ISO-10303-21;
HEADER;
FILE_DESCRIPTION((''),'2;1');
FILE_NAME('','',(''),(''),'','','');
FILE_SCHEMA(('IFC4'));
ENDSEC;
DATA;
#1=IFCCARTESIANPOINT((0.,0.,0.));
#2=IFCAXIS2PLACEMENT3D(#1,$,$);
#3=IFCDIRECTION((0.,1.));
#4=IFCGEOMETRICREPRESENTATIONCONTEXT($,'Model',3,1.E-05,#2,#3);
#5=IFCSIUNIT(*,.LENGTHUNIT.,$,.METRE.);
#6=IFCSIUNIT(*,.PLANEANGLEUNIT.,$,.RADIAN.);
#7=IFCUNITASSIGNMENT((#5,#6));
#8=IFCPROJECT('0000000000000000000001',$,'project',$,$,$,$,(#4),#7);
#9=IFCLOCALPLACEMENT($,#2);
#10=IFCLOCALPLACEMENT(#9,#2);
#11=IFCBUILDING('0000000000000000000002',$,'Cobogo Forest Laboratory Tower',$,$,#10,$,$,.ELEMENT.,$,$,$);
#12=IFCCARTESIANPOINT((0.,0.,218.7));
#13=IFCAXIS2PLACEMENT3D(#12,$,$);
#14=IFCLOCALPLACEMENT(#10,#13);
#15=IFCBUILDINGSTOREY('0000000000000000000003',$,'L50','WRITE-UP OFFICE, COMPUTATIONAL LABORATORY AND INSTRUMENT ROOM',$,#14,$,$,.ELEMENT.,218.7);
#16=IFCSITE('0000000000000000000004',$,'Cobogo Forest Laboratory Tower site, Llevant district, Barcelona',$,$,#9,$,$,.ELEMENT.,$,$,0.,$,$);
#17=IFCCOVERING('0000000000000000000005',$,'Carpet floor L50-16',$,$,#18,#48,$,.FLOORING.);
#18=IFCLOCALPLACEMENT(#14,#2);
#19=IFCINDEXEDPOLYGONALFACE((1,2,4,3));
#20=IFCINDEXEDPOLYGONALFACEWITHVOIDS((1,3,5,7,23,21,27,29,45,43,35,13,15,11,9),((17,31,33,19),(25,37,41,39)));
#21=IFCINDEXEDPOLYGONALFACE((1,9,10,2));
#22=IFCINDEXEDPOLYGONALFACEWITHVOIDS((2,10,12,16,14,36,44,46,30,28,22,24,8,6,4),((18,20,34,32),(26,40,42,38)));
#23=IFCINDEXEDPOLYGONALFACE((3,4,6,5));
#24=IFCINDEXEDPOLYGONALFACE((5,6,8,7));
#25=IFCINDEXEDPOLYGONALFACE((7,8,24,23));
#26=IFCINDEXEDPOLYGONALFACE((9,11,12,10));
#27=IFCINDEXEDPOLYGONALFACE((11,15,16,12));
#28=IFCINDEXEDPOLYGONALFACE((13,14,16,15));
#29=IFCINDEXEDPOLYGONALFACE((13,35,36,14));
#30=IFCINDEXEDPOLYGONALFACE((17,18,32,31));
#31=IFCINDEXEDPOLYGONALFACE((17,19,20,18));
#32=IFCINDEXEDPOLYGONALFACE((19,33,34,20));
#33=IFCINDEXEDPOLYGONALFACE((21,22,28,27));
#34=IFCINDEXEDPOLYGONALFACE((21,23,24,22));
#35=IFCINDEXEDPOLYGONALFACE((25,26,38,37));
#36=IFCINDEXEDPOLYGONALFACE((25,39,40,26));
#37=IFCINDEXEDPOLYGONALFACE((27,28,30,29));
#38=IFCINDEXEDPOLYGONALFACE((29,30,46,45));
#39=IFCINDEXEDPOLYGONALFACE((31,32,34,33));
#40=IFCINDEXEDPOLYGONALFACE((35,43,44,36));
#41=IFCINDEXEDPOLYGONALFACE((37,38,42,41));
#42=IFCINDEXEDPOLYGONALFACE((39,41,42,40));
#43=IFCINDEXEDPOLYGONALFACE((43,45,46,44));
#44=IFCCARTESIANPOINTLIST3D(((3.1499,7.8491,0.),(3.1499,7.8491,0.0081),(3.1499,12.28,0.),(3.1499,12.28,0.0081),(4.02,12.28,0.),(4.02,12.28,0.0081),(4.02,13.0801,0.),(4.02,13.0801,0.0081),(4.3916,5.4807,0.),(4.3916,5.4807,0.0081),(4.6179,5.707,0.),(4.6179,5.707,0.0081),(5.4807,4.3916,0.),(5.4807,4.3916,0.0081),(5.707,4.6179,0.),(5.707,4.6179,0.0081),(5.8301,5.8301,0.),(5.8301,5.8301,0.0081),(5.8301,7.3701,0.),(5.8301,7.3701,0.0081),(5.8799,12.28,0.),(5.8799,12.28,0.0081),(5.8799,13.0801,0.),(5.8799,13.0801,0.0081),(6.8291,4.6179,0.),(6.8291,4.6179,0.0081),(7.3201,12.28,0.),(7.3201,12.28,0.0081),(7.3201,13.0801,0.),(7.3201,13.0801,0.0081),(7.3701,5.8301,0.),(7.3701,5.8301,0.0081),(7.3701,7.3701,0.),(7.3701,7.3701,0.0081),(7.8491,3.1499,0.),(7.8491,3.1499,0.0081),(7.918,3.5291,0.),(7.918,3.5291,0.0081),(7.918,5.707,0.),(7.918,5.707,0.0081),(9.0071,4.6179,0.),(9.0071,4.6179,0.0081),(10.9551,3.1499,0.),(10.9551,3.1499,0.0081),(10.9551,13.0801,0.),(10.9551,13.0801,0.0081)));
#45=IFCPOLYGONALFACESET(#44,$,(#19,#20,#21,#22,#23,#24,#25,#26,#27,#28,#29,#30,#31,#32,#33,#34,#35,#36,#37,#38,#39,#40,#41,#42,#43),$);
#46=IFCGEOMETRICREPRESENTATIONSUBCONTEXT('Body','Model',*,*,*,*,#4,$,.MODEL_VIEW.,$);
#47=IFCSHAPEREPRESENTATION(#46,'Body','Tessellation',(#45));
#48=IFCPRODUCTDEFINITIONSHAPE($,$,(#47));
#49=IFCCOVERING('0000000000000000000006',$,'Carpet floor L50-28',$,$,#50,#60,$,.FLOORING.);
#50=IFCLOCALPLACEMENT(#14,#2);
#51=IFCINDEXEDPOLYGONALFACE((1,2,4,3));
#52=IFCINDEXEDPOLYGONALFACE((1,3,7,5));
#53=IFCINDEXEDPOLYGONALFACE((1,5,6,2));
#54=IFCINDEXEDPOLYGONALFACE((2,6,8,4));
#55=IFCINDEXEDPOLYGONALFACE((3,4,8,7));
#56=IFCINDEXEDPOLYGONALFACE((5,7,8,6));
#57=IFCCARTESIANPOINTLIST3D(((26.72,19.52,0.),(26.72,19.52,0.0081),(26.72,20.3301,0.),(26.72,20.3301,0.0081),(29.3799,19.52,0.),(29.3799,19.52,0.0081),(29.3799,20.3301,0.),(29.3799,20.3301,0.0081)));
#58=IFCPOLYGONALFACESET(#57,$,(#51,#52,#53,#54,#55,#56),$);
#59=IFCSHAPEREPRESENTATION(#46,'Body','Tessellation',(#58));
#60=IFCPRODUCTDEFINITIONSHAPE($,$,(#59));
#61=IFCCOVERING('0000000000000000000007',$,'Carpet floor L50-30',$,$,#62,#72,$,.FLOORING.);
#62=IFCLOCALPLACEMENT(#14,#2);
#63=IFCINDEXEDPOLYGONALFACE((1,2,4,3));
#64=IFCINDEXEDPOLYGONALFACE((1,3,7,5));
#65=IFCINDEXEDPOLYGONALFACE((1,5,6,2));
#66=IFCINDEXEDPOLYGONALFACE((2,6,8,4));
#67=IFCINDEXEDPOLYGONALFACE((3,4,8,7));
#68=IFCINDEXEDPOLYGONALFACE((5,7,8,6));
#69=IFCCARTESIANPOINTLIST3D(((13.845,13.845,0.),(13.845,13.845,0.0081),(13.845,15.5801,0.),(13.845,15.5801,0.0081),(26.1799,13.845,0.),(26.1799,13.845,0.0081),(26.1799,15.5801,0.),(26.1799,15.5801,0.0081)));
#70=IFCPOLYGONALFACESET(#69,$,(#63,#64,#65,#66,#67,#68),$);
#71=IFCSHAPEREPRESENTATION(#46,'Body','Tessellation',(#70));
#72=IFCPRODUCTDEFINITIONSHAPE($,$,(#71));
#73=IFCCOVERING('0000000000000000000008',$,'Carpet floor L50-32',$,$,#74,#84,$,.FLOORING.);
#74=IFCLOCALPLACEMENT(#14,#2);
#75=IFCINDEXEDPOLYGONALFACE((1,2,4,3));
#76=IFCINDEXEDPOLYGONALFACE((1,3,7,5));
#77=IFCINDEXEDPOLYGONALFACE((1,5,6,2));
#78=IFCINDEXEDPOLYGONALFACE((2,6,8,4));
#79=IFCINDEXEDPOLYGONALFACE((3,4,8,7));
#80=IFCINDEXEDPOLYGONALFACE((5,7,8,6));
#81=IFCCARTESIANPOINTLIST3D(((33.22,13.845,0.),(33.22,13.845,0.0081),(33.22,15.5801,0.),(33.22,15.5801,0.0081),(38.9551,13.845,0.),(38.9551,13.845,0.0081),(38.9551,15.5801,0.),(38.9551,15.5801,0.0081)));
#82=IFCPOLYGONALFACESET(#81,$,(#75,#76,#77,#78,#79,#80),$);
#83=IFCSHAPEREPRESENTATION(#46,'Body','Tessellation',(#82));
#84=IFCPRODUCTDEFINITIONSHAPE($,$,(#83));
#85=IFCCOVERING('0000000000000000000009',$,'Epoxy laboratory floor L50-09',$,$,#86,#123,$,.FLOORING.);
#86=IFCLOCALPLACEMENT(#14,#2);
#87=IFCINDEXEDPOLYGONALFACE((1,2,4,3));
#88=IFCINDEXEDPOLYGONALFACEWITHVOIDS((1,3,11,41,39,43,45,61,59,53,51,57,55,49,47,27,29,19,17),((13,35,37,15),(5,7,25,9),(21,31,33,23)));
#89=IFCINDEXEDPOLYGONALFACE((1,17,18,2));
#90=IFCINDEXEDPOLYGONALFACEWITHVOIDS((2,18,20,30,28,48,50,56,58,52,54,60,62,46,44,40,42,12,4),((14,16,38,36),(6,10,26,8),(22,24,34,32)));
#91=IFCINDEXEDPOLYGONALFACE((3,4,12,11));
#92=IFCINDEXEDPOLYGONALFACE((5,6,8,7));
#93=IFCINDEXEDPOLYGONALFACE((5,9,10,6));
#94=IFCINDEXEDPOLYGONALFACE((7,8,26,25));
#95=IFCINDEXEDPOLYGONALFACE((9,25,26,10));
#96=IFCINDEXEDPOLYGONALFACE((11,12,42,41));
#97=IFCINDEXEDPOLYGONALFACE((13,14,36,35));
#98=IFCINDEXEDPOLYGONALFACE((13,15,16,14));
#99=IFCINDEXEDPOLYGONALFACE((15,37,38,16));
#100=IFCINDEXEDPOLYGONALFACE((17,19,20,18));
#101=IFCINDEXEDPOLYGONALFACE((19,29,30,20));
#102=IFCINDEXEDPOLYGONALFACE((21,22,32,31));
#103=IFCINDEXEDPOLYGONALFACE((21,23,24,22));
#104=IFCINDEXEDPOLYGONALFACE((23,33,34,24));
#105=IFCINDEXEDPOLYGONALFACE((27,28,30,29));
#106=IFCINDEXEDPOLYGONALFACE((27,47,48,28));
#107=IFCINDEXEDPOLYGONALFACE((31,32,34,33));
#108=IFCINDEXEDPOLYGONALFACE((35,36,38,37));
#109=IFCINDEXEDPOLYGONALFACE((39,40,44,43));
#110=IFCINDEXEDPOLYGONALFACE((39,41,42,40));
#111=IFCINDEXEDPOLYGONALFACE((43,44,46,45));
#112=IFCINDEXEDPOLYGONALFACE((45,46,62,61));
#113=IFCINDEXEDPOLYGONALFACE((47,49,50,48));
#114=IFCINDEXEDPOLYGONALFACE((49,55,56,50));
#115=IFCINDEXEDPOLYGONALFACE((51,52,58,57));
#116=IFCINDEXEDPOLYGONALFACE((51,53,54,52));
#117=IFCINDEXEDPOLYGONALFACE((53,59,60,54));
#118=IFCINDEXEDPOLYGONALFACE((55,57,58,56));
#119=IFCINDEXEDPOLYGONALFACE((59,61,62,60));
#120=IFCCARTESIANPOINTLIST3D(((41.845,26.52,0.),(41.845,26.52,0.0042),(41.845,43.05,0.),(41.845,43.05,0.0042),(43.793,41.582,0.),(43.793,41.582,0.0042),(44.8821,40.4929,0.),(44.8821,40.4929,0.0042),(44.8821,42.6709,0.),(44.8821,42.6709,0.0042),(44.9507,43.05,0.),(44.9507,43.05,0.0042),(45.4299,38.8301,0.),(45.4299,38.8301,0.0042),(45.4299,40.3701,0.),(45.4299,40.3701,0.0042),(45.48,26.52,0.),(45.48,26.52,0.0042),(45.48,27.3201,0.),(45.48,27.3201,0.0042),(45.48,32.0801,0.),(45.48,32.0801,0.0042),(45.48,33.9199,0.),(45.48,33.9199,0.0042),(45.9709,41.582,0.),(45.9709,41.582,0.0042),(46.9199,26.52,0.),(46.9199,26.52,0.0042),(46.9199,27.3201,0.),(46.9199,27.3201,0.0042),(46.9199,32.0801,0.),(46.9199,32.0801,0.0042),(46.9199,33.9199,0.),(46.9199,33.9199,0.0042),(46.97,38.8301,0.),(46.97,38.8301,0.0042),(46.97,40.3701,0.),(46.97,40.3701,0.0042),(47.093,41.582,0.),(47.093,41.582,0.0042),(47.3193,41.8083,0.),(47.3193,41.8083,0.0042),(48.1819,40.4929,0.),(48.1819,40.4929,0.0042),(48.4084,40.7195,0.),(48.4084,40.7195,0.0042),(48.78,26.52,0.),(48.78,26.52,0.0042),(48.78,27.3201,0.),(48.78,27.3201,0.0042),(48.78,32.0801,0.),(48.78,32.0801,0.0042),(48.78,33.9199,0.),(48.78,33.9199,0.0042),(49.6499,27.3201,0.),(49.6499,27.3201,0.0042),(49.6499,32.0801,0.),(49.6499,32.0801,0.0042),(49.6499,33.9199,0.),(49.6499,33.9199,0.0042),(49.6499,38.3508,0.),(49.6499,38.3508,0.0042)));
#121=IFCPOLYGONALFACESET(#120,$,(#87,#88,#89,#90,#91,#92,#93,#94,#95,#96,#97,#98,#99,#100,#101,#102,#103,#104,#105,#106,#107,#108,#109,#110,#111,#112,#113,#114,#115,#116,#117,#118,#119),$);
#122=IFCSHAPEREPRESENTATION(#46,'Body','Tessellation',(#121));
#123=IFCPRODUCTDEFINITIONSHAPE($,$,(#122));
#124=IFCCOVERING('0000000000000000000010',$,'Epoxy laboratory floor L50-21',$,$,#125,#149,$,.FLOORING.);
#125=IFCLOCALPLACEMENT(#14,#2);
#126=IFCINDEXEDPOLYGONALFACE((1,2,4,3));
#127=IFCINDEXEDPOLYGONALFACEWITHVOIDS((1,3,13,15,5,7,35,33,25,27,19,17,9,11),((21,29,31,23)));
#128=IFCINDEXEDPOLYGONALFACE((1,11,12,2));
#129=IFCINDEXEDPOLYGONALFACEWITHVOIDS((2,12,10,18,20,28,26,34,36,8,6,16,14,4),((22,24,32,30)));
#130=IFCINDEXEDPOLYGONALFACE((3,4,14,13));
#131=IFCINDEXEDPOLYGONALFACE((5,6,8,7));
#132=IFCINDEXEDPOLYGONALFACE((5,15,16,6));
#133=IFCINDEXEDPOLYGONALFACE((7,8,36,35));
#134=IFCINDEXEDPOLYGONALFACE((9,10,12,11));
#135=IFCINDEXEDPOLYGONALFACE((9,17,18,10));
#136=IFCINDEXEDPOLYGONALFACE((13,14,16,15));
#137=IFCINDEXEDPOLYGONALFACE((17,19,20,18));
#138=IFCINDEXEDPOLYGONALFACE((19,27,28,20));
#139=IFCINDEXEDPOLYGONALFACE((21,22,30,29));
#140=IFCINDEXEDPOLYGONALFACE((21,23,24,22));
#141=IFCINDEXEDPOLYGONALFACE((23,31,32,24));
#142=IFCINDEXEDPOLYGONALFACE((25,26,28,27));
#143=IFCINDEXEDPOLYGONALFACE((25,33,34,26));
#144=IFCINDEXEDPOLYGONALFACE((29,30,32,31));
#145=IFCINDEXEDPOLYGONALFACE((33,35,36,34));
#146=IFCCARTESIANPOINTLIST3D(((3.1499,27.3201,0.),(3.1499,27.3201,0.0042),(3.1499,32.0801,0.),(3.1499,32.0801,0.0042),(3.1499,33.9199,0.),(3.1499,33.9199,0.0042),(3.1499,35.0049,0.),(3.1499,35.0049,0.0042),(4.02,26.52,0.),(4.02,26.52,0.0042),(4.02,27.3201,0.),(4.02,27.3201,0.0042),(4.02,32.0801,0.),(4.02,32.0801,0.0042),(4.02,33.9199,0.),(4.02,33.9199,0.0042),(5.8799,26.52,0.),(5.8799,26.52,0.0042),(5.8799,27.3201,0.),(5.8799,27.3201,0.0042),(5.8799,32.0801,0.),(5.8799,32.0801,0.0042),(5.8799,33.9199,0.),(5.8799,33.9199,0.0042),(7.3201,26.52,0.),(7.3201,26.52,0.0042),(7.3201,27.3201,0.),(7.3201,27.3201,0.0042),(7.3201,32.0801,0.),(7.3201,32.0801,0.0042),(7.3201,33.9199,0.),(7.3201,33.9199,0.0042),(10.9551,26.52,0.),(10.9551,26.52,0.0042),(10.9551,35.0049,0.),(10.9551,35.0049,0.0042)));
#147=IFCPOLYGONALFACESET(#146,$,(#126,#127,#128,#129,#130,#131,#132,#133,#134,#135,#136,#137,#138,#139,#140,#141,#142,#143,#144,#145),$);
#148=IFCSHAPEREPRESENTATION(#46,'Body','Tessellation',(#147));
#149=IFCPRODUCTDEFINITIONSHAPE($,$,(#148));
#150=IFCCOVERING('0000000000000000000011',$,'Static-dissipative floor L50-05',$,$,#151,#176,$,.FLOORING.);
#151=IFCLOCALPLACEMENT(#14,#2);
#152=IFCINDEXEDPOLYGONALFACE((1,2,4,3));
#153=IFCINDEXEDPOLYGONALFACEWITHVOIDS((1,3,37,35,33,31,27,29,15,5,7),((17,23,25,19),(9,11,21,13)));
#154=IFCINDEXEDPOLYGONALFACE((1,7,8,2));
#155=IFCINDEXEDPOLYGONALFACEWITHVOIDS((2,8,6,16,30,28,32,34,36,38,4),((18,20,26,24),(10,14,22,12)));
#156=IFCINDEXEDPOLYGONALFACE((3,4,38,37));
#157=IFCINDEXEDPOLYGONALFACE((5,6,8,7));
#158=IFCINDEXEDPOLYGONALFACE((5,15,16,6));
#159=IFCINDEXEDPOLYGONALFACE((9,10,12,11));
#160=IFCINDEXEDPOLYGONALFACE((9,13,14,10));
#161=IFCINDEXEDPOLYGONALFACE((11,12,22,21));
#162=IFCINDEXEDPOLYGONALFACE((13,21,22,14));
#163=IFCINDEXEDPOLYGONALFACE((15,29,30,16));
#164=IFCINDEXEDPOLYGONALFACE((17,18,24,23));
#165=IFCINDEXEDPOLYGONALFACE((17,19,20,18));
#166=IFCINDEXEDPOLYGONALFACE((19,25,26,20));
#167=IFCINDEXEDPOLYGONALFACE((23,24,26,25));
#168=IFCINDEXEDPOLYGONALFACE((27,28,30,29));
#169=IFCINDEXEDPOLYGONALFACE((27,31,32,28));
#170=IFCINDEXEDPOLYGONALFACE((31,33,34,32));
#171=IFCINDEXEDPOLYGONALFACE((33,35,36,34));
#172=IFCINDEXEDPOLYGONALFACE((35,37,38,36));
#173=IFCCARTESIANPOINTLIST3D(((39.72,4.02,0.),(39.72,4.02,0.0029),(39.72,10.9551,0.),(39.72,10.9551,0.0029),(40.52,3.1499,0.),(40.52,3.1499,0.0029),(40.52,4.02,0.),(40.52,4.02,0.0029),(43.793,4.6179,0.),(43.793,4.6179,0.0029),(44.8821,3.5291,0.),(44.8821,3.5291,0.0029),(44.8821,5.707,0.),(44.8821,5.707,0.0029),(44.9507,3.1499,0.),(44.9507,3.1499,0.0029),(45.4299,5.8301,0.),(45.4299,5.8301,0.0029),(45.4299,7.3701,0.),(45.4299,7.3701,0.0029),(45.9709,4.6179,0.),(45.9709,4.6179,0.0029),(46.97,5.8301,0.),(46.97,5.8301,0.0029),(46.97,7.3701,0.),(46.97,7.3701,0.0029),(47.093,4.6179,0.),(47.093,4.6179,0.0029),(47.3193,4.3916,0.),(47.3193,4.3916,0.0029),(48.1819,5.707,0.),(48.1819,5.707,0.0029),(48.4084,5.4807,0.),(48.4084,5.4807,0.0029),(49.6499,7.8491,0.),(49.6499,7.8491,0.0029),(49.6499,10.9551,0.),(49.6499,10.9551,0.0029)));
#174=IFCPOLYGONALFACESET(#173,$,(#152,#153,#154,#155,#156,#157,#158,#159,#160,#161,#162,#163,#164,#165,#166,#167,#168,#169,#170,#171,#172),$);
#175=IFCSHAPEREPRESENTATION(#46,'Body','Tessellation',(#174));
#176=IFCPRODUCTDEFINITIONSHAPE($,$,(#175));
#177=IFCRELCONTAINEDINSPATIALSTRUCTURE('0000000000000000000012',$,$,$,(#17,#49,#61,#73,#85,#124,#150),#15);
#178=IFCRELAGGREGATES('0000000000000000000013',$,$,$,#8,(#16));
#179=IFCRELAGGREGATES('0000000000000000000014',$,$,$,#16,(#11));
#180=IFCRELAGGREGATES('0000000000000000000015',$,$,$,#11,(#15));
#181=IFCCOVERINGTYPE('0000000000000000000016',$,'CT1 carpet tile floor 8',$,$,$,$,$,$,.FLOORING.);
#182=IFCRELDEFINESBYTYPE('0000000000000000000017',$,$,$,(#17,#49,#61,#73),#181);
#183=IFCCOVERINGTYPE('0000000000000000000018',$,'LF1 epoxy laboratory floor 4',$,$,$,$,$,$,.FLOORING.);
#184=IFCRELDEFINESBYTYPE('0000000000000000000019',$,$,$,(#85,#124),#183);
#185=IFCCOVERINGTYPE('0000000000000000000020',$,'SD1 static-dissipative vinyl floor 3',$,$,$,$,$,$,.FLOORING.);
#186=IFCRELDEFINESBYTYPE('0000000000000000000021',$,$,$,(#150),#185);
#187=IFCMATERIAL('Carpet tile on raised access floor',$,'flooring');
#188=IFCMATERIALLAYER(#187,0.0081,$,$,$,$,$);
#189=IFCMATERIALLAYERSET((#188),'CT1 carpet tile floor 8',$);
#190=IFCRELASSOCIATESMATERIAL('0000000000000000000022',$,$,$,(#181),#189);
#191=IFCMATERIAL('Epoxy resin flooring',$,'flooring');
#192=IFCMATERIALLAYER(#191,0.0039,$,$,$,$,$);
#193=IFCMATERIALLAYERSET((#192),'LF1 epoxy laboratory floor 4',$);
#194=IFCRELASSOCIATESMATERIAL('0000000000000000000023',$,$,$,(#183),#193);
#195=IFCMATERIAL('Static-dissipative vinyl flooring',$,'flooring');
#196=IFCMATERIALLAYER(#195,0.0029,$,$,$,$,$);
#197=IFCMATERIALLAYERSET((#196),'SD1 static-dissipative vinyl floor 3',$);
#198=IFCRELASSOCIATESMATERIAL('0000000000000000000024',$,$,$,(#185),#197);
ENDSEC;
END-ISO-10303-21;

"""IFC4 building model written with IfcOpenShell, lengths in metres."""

from ifc_helpers import new_model, si_unit, direction, frame, origin, place, context, subcontext, project, spatial, polyline, outline, extrude, material, layer, layer_set, type_object, element, save


model = new_model("IFC4")

# Units and contexts
model_context = context("Model", 3, precision=1e-05, world=origin(), true_north=direction((0.0, 1.0)))
body_context = subcontext(model_context, "Body", "Model", "MODEL_VIEW")
ifc_project = project(units=[si_unit("LENGTHUNIT", "METRE"), si_unit("PLANEANGLEUNIT", "RADIAN")], contexts=[model_context])

# Site, building, storey
site_placement = place(None, origin())
site = spatial("IfcSite", under=ifc_project, at=site_placement, Name="Cobogo Forest Laboratory Tower site, Llevant district, Barcelona", CompositionType="ELEMENT", RefElevation=0.0)
building_placement = place(site_placement, origin())
building = spatial("IfcBuilding", under=site, at=building_placement, Name="Cobogo Forest Laboratory Tower", CompositionType="ELEMENT")
storey_placement = place(building_placement, frame((0.0, 0.0, 218.7)))
storey = spatial("IfcBuildingStorey", under=building, at=storey_placement, Name="L50", Description="WRITE-UP OFFICE, COMPUTATIONAL LABORATORY AND INSTRUMENT ROOM", CompositionType="ELEMENT", Elevation=218.7)

# Coverings
ifc_material_1 = material(Name="Carpet tile on raised access floor", Category="flooring")
ifc_layer_1 = layer(ifc_material_1, 0.0081)
ifc_layer_set_1 = layer_set([ifc_layer_1], Name="CT1 carpet tile floor 8")
covering_type_1 = type_object("IfcCoveringType", Name="CT1 carpet tile floor 8", PredefinedType="FLOORING", material=ifc_layer_set_1)
covering_1_placement = place(storey_placement, origin())
element("IfcCovering", 1, at=covering_1_placement, inside=storey, type_object=covering_type_1, Name="Carpet floor L50-16", PredefinedType="FLOORING", context=body_context, shape_type="SweptSolid", body=[
    extrude(outline(polyline([(10.9551, 3.1499), (7.8491, 3.1499), (5.4807, 4.3916), (5.707, 4.6179), (4.6179, 5.707), (4.3916, 5.4807), (3.1499, 7.8491), (3.1499, 12.28), (4.02, 12.28), (4.02, 13.0801), (5.8799, 13.0801), (5.8799, 12.28), (7.3201, 12.28), (7.3201, 13.0801), (10.9551, 13.0801), (10.9551, 3.1499)]), holes=[polyline([(7.918, 3.5291), (9.0071, 4.6179), (7.918, 5.707), (6.8291, 4.6179), (7.918, 3.5291)]), polyline([(5.8301, 5.8301), (7.3701, 5.8301), (7.3701, 7.3701), (5.8301, 7.3701), (5.8301, 5.8301)])]), origin(), (0.0, 0.0, 1.0), 0.0081),
])
covering_2_placement = place(storey_placement, origin())
element("IfcCovering", 2, at=covering_2_placement, inside=storey, type_object=covering_type_1, Name="Carpet floor L50-28", PredefinedType="FLOORING", context=body_context, shape_type="SweptSolid", body=[
    extrude(outline(polyline([(29.3799, 19.52), (26.72, 19.52), (26.72, 20.3301), (29.3799, 20.3301), (29.3799, 19.52)])), origin(), (0.0, 0.0, 1.0), 0.0081),
])
covering_3_placement = place(storey_placement, origin())
element("IfcCovering", 3, at=covering_3_placement, inside=storey, type_object=covering_type_1, Name="Carpet floor L50-30", PredefinedType="FLOORING", context=body_context, shape_type="SweptSolid", body=[
    extrude(outline(polyline([(26.1799, 13.845), (13.845, 13.845), (13.845, 15.5801), (26.1799, 15.5801), (26.1799, 13.845)])), origin(), (0.0, 0.0, 1.0), 0.0081),
])
covering_4_placement = place(storey_placement, origin())
element("IfcCovering", 4, at=covering_4_placement, inside=storey, type_object=covering_type_1, Name="Carpet floor L50-32", PredefinedType="FLOORING", context=body_context, shape_type="SweptSolid", body=[
    extrude(outline(polyline([(38.9551, 13.845), (33.22, 13.845), (33.22, 15.5801), (38.9551, 15.5801), (38.9551, 13.845)])), origin(), (0.0, 0.0, 1.0), 0.0081),
])
ifc_material_2 = material(Name="Epoxy resin flooring", Category="flooring")
ifc_layer_2 = layer(ifc_material_2, 0.0039)
ifc_layer_set_2 = layer_set([ifc_layer_2], Name="LF1 epoxy laboratory floor 4")
covering_type_2 = type_object("IfcCoveringType", Name="LF1 epoxy laboratory floor 4", PredefinedType="FLOORING", material=ifc_layer_set_2)
covering_5_placement = place(storey_placement, origin())
element("IfcCovering", 5, at=covering_5_placement, inside=storey, type_object=covering_type_2, Name="Epoxy laboratory floor L50-09", PredefinedType="FLOORING", context=body_context, shape_type="SweptSolid", body=[
    extrude(outline(polyline([(41.845, 43.05), (44.9507, 43.05), (47.3193, 41.8083), (47.093, 41.582), (48.1819, 40.4929), (48.4084, 40.7195), (49.6499, 38.3508), (49.6499, 33.9199), (48.78, 33.9199), (48.78, 32.0801), (49.6499, 32.0801), (49.6499, 27.3201), (48.78, 27.3201), (48.78, 26.52), (46.9199, 26.52), (46.9199, 27.3201), (45.48, 27.3201), (45.48, 26.52), (41.845, 26.52), (41.845, 43.05)]), holes=[polyline([(45.4299, 40.3701), (45.4299, 38.8301), (46.97, 38.8301), (46.97, 40.3701), (45.4299, 40.3701)]), polyline([(46.9199, 32.0801), (46.9199, 33.9199), (45.48, 33.9199), (45.48, 32.0801), (46.9199, 32.0801)]), polyline([(44.8821, 40.4929), (45.9709, 41.582), (44.8821, 42.6709), (43.793, 41.582), (44.8821, 40.4929)])]), origin(), (0.0, 0.0, 1.0), 0.0042),
])
covering_6_placement = place(storey_placement, origin())
element("IfcCovering", 6, at=covering_6_placement, inside=storey, type_object=covering_type_2, Name="Epoxy laboratory floor L50-21", PredefinedType="FLOORING", context=body_context, shape_type="SweptSolid", body=[
    extrude(outline(polyline([(10.9551, 26.52), (7.3201, 26.52), (7.3201, 27.3201), (5.8799, 27.3201), (5.8799, 26.52), (4.02, 26.52), (4.02, 27.3201), (3.1499, 27.3201), (3.1499, 32.0801), (4.02, 32.0801), (4.02, 33.9199), (3.1499, 33.9199), (3.1499, 35.0049), (10.9551, 35.0049), (10.9551, 26.52)]), holes=[polyline([(5.8799, 32.0801), (7.3201, 32.0801), (7.3201, 33.9199), (5.8799, 33.9199), (5.8799, 32.0801)])]), origin(), (0.0, 0.0, 1.0), 0.0042),
])
ifc_material_3 = material(Name="Static-dissipative vinyl flooring", Category="flooring")
ifc_layer_3 = layer(ifc_material_3, 0.0029)
ifc_layer_set_3 = layer_set([ifc_layer_3], Name="SD1 static-dissipative vinyl floor 3")
covering_type_3 = type_object("IfcCoveringType", Name="SD1 static-dissipative vinyl floor 3", PredefinedType="FLOORING", material=ifc_layer_set_3)
covering_7_placement = place(storey_placement, origin())
element("IfcCovering", 7, at=covering_7_placement, inside=storey, type_object=covering_type_3, Name="Static-dissipative floor L50-05", PredefinedType="FLOORING", context=body_context, shape_type="SweptSolid", body=[
    extrude(outline(polyline([(49.6499, 10.9551), (49.6499, 7.8491), (48.4084, 5.4807), (48.1819, 5.707), (47.093, 4.6179), (47.3193, 4.3916), (44.9507, 3.1499), (40.52, 3.1499), (40.52, 4.02), (39.72, 4.02), (39.72, 10.9551), (49.6499, 10.9551)]), holes=[polyline([(45.4299, 5.8301), (46.97, 5.8301), (46.97, 7.3701), (45.4299, 7.3701), (45.4299, 5.8301)]), polyline([(44.8821, 3.5291), (45.9709, 4.6179), (44.8821, 5.707), (43.793, 4.6179), (44.8821, 3.5291)])]), origin(), (0.0, 0.0, 1.0), 0.0029),
])

save(model, "model.ifc")
